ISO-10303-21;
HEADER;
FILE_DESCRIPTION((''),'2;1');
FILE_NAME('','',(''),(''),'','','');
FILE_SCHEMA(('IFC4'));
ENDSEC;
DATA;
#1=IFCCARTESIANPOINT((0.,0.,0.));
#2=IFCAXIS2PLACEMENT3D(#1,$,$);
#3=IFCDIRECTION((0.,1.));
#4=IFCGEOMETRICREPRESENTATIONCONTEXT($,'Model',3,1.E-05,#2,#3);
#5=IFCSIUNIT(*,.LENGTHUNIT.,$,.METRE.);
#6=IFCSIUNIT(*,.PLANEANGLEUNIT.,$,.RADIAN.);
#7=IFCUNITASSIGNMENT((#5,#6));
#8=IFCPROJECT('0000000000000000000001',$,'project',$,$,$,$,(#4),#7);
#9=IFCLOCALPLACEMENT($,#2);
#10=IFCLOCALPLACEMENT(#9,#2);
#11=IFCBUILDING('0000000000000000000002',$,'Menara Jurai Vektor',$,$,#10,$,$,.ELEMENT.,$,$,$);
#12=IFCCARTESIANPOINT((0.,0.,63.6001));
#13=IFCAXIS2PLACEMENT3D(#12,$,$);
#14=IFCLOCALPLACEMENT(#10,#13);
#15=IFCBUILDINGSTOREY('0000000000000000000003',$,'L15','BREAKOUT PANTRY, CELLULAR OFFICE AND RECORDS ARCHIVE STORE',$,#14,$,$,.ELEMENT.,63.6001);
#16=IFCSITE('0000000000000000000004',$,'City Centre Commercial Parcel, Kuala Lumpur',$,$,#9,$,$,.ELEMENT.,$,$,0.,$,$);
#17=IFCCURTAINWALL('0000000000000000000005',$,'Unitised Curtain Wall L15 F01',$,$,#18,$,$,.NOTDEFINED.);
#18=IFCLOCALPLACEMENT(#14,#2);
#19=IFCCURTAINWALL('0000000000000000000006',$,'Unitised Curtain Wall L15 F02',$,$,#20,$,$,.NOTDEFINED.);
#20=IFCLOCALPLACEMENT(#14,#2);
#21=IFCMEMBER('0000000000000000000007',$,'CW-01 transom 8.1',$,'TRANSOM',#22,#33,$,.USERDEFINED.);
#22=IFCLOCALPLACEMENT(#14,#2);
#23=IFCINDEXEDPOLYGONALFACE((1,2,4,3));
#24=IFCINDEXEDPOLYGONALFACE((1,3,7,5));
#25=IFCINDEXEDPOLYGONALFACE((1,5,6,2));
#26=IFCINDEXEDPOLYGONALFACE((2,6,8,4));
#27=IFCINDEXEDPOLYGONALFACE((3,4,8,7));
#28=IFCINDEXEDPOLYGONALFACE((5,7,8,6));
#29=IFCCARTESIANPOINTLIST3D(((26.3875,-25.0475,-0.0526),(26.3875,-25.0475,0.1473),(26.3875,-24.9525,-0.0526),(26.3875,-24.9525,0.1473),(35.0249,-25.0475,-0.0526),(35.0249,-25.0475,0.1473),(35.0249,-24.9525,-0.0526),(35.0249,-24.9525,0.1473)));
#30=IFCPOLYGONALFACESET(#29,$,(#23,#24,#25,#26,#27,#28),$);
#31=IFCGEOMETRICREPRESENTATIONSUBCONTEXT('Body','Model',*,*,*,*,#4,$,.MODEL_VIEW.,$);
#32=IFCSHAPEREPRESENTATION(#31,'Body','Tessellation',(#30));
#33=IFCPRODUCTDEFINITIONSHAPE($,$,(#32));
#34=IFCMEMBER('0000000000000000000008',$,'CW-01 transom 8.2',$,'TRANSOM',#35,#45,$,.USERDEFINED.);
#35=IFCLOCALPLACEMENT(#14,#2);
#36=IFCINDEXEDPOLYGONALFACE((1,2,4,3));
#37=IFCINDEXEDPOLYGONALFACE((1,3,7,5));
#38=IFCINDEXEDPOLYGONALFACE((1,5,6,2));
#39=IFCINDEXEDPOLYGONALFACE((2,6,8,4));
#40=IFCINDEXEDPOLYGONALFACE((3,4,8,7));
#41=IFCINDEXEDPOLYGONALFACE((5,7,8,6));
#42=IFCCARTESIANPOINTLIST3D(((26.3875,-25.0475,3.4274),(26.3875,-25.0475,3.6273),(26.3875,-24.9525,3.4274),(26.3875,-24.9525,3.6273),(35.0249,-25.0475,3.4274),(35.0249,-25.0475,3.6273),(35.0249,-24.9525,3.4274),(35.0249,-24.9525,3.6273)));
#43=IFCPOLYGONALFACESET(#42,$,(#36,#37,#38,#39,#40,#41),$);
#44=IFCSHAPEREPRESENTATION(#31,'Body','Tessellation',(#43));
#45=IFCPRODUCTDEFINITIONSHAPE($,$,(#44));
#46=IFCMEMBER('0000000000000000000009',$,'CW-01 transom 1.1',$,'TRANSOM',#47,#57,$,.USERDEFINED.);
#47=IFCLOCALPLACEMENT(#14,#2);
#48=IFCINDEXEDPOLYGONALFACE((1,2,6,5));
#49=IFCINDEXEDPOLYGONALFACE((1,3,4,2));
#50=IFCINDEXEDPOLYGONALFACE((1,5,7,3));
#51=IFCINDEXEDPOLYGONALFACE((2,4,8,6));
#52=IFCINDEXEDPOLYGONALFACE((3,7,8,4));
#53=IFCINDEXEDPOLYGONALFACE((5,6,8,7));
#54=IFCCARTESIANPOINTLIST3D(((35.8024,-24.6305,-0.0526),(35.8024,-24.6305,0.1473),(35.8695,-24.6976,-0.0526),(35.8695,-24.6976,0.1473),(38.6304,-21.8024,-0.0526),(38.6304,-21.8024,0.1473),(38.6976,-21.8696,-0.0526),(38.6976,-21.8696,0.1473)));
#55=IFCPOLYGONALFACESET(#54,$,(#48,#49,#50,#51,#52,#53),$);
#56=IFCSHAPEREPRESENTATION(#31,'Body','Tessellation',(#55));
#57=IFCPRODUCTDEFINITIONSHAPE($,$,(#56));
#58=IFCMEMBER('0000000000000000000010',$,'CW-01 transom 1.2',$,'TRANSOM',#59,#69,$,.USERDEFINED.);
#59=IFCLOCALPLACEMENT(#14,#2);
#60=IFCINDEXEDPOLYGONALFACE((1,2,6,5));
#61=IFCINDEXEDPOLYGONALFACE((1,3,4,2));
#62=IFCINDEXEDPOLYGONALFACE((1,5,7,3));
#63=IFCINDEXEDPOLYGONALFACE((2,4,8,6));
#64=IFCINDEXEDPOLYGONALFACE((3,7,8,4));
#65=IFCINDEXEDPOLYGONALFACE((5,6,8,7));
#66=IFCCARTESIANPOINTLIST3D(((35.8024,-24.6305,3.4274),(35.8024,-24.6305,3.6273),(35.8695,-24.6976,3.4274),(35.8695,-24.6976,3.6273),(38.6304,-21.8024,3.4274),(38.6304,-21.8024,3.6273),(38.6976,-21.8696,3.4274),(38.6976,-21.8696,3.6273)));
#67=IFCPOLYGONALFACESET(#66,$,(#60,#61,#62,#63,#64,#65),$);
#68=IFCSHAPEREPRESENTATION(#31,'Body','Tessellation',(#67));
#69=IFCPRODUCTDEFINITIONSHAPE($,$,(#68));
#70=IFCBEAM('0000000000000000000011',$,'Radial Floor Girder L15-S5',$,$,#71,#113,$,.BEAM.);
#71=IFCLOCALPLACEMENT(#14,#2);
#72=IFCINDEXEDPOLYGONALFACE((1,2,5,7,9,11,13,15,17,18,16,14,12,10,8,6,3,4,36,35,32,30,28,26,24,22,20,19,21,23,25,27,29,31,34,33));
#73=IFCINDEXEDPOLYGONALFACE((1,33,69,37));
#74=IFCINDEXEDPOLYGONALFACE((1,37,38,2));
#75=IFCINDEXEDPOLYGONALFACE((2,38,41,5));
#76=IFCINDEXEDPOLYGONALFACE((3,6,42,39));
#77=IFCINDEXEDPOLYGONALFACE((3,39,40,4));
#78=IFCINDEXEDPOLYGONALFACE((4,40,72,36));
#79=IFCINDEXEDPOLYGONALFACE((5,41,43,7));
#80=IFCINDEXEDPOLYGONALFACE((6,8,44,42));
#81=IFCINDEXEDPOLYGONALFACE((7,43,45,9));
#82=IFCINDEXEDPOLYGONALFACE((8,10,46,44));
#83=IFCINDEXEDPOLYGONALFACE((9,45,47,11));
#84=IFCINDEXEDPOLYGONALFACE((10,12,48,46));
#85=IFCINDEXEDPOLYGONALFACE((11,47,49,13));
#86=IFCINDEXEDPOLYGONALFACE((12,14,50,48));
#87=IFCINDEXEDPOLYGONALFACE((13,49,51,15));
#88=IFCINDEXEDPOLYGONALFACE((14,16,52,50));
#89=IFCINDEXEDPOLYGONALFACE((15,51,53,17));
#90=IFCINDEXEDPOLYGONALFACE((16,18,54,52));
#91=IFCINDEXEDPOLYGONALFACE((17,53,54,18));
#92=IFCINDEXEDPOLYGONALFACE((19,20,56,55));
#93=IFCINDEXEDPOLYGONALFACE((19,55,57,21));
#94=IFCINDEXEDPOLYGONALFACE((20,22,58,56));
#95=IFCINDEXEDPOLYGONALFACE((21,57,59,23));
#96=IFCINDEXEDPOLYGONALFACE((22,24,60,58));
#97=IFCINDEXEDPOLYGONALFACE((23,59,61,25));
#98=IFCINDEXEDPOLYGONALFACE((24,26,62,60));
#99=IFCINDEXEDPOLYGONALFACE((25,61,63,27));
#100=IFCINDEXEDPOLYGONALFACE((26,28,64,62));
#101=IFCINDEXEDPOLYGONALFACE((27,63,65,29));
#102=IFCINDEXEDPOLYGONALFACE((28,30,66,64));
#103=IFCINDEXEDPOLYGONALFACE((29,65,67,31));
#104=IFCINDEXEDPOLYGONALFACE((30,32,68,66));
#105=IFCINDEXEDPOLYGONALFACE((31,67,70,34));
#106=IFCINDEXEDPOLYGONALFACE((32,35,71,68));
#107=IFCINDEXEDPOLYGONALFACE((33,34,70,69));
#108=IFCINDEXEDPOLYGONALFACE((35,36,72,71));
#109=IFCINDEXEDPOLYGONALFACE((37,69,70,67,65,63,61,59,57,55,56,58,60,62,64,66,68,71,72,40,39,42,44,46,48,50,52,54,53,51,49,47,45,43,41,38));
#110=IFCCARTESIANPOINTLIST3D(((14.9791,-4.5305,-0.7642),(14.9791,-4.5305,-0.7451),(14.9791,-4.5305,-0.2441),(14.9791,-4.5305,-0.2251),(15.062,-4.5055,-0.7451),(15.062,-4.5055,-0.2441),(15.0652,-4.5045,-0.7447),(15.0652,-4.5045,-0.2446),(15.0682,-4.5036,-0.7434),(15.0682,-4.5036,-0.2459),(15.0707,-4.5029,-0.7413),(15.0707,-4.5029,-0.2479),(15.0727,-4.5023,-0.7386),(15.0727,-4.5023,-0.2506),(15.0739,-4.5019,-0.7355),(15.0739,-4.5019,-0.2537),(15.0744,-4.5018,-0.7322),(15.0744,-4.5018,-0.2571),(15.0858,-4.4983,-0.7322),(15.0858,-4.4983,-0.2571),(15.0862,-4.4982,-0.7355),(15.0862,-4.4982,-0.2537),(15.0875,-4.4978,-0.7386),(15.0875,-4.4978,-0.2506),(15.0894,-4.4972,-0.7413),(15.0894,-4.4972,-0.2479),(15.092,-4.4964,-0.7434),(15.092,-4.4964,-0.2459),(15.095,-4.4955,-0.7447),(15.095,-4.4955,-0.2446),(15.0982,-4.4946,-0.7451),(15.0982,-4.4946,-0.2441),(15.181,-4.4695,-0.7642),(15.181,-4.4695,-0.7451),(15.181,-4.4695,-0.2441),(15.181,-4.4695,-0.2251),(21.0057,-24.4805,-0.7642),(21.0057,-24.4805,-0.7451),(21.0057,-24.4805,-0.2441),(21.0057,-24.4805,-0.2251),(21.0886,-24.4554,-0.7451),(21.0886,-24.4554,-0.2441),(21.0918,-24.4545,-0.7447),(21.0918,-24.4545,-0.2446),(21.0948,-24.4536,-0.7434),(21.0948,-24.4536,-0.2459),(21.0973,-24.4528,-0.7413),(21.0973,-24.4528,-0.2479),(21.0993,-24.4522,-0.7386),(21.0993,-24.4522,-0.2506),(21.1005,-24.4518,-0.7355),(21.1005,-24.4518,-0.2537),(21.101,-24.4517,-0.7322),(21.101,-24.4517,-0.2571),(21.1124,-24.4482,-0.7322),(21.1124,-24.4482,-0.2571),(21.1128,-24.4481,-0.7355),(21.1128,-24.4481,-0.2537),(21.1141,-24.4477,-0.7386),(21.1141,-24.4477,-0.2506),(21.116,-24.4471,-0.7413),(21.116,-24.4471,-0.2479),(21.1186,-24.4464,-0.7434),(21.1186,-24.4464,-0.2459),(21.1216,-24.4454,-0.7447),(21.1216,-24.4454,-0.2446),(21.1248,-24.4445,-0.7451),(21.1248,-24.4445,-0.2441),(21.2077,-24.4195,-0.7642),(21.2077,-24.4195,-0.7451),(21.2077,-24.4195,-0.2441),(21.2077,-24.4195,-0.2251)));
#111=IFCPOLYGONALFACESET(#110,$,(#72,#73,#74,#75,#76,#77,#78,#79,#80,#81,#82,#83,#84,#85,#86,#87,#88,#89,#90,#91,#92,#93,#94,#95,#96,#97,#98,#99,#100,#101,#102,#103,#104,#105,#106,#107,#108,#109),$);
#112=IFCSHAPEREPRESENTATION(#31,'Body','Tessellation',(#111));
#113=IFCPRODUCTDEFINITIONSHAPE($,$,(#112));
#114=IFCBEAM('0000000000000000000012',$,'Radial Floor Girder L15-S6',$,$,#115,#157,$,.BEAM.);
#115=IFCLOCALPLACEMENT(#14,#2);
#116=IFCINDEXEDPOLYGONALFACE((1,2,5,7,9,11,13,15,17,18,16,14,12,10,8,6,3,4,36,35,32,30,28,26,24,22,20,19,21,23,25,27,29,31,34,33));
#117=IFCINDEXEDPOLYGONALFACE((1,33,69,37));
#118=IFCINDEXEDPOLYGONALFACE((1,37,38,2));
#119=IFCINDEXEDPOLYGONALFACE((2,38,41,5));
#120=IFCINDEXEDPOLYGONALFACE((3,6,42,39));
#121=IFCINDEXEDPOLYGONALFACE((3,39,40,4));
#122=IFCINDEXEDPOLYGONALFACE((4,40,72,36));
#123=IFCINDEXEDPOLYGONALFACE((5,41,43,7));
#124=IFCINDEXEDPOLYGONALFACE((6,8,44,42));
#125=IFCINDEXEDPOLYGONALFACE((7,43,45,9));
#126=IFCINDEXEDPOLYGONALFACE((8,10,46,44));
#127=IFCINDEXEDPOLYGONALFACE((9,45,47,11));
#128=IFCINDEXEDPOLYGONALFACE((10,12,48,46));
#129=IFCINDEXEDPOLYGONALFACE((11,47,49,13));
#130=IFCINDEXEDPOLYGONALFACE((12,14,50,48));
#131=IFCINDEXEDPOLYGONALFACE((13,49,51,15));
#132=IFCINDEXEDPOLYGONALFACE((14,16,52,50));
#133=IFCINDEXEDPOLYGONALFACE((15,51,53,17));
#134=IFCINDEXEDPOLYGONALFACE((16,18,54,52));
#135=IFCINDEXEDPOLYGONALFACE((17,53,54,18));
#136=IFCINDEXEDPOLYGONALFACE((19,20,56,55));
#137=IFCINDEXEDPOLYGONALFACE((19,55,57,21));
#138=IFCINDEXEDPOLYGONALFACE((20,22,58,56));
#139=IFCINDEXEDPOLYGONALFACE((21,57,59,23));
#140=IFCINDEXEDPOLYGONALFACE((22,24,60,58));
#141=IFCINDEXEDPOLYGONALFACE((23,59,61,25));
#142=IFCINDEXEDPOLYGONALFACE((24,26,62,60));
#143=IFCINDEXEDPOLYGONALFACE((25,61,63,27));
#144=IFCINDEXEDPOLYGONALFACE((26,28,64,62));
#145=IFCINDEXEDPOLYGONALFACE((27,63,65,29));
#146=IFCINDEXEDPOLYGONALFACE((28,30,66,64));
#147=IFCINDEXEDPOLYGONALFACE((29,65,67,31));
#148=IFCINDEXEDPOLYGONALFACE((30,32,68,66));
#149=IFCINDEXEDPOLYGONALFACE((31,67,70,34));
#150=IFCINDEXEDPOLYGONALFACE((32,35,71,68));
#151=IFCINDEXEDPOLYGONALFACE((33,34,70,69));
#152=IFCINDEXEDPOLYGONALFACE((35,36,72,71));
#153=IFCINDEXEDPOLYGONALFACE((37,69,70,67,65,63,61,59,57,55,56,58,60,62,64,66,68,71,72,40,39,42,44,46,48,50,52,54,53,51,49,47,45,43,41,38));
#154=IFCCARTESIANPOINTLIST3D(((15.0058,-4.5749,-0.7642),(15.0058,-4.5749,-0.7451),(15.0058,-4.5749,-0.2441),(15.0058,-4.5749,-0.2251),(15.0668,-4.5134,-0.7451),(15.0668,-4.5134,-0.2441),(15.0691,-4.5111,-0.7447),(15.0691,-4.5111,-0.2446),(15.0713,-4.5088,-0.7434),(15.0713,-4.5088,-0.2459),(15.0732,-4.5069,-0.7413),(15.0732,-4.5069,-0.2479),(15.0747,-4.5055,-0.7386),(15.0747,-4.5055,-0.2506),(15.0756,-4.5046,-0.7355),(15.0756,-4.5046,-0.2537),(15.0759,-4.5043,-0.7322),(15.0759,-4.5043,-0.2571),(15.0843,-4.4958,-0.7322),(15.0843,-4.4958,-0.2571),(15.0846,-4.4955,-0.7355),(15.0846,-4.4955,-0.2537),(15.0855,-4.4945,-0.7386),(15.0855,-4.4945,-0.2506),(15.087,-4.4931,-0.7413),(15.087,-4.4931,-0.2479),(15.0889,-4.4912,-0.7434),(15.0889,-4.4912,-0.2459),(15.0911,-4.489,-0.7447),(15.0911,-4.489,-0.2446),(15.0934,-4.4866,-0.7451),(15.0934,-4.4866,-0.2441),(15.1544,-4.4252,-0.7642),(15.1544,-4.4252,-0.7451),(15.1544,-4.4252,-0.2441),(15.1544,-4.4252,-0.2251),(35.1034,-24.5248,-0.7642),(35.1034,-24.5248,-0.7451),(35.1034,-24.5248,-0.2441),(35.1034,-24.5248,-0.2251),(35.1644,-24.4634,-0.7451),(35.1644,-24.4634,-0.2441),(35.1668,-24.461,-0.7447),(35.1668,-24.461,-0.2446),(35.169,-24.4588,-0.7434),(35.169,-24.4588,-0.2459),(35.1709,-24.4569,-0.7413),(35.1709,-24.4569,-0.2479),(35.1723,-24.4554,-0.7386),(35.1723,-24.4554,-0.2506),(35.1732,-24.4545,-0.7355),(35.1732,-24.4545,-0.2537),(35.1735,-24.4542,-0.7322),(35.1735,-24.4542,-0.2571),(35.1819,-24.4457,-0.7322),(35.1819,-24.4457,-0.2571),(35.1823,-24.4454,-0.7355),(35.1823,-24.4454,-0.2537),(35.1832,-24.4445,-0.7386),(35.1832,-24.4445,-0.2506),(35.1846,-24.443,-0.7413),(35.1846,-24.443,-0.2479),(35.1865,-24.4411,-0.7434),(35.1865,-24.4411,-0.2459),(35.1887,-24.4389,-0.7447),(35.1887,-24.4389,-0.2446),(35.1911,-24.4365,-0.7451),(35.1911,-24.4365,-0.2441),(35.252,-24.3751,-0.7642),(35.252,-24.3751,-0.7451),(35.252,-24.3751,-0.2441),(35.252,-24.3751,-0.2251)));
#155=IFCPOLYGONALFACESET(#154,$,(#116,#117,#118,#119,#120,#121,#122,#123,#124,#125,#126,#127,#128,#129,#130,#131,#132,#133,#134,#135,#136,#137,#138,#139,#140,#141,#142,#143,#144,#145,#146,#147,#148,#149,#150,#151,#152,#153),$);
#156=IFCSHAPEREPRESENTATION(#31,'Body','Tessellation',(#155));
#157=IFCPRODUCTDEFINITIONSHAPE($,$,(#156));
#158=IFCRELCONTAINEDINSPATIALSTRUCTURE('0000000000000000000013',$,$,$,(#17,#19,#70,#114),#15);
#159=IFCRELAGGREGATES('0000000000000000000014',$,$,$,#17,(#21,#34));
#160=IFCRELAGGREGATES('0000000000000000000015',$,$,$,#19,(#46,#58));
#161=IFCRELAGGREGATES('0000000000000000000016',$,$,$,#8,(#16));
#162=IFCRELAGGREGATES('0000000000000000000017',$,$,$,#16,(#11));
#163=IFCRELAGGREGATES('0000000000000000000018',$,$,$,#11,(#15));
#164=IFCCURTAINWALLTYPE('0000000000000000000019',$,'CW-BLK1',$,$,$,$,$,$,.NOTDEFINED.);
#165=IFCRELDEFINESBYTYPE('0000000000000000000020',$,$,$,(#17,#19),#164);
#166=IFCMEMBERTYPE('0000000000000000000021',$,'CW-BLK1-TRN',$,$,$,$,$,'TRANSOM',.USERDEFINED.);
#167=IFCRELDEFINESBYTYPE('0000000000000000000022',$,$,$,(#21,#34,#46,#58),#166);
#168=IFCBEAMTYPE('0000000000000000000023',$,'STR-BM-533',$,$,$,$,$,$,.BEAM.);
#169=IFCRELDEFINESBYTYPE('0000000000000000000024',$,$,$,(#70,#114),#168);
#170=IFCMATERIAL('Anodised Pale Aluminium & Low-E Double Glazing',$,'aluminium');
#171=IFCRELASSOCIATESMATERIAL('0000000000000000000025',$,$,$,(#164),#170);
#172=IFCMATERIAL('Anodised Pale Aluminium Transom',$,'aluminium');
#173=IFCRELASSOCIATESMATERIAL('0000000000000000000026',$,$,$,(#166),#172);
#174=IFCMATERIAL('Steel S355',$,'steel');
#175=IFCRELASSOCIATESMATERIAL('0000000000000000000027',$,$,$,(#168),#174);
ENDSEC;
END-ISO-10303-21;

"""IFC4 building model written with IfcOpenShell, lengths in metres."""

from ifc_helpers import new_model, si_unit, direction, frame, origin, origin_2d, place, context, subcontext, project, spatial, rectangle, i_section, extrude, material, material_profile, profile_set, type_object, element, aggregate, save


model = new_model("IFC4")

# Units and contexts
model_context = context("Model", 3, precision=1e-05, world=origin(), true_north=direction((0.0, 1.0)))
body_context = subcontext(model_context, "Body", "Model", "MODEL_VIEW")
ifc_project = project(units=[si_unit("LENGTHUNIT", "METRE"), si_unit("PLANEANGLEUNIT", "RADIAN")], contexts=[model_context])

# Site, building, storey
site_placement = place(None, origin())
site = spatial("IfcSite", under=ifc_project, at=site_placement, Name="City Centre Commercial Parcel, Kuala Lumpur", CompositionType="ELEMENT", RefElevation=0.0)
building_placement = place(site_placement, origin())
building = spatial("IfcBuilding", under=site, at=building_placement, Name="Menara Jurai Vektor", CompositionType="ELEMENT")
storey_placement = place(building_placement, frame((0.0, 0.0, 63.6001)))
storey = spatial("IfcBuildingStorey", under=building, at=storey_placement, Name="L15", Description="BREAKOUT PANTRY, CELLULAR OFFICE AND RECORDS ARCHIVE STORE", CompositionType="ELEMENT", Elevation=63.6001)

# Curtain walls
ifc_material_1 = material(Name="Anodised Pale Aluminium & Low-E Double Glazing", Category="aluminium")
curtain_wall_type = type_object("IfcCurtainWallType", Name="CW-BLK1", PredefinedType="NOTDEFINED", material=ifc_material_1)
curtain_wall_1_placement = place(storey_placement, origin())
curtain_wall_1 = element("IfcCurtainWall", 1, at=curtain_wall_1_placement, inside=storey, type_object=curtain_wall_type, Name="Unitised Curtain Wall L15 F01", PredefinedType="NOTDEFINED")
curtain_wall_2_placement = place(storey_placement, origin())
curtain_wall_2 = element("IfcCurtainWall", 2, at=curtain_wall_2_placement, inside=storey, type_object=curtain_wall_type, Name="Unitised Curtain Wall L15 F02", PredefinedType="NOTDEFINED")

# Members
ifc_material_2 = material(Name="Anodised Pale Aluminium Transom", Category="aluminium")
ifc_material_profile_1 = material_profile(ifc_material_2, rectangle(XDim=0.095, YDim=0.2, at=origin_2d()), Name="ALU TRN 95x200")
ifc_profile_set_1 = profile_set([ifc_material_profile_1], Name="Anodised Pale Aluminium Transom")
member_type_1 = type_object("IfcMemberType", Name="CW-BLK1-TRN", ElementType="TRANSOM", PredefinedType="USERDEFINED", material=ifc_profile_set_1)
member_1_placement = place(storey_placement, frame((26.3875, -25.0, 0.0474), z_axis=(1.0, 0.0, 0.0), x_axis=(0.0, 1.0, 0.0)))
member_1 = element("IfcMember", 3, at=member_1_placement, type_object=member_type_1, Name="CW-01 transom 8.1", ObjectType="TRANSOM", PredefinedType="USERDEFINED", context=body_context, shape_type="SweptSolid", body=[
    extrude(rectangle(XDim=0.095, YDim=0.2, at=origin_2d()), origin(), (0.0, 0.0, 1.0), 8.6375),
])
member_2_placement = place(storey_placement, frame((26.3875, -25.0, 3.5273), z_axis=(1.0, 0.0, 0.0), x_axis=(0.0, 1.0, 0.0)))
member_2 = element("IfcMember", 4, at=member_2_placement, type_object=member_type_1, Name="CW-01 transom 8.2", ObjectType="TRANSOM", PredefinedType="USERDEFINED", context=body_context, shape_type="SweptSolid", body=[
    extrude(rectangle(XDim=0.095, YDim=0.2, at=origin_2d()), origin(), (0.0, 0.0, 1.0), 8.6375),
])
member_3_placement = place(storey_placement, frame((35.8359, -24.6641, 0.0474), z_axis=(0.707107, 0.707107, 0.0), x_axis=(-0.707107, 0.707107, 0.0)))
member_3 = element("IfcMember", 5, at=member_3_placement, type_object=member_type_1, Name="CW-01 transom 1.1", ObjectType="TRANSOM", PredefinedType="USERDEFINED", context=body_context, shape_type="SweptSolid", body=[
    extrude(rectangle(XDim=0.095, YDim=0.2, at=origin_2d()), origin(), (0.0, 0.0, 1.0), 3.9995),
])
member_4_placement = place(storey_placement, frame((35.8359, -24.6641, 3.5273), z_axis=(0.707107, 0.707107, 0.0), x_axis=(-0.707107, 0.707107, 0.0)))
member_4 = element("IfcMember", 6, at=member_4_placement, type_object=member_type_1, Name="CW-01 transom 1.2", ObjectType="TRANSOM", PredefinedType="USERDEFINED", context=body_context, shape_type="SweptSolid", body=[
    extrude(rectangle(XDim=0.095, YDim=0.2, at=origin_2d()), origin(), (0.0, 0.0, 1.0), 3.9995),
])

# Beams
ifc_material_3 = material(Name="Steel S355", Category="steel")
ifc_material_profile_2 = material_profile(ifc_material_3, i_section(OverallWidth=0.2109, OverallDepth=0.5391, WebThickness=0.012, FlangeThickness=0.019, FilletRadius=0.0129, at=origin_2d()), Name="UKB 533x210x109")
ifc_profile_set_2 = profile_set([ifc_material_profile_2], Name="Steel S355")
beam_type_1 = type_object("IfcBeamType", Name="STR-BM-533", PredefinedType="BEAM", material=ifc_profile_set_2)
beam_1_placement = place(storey_placement, frame((21.1067, -24.45, -0.4946), z_axis=(-0.28918, 0.957275, 0.0), x_axis=(-0.957275, -0.28918, 0.0)))
element("IfcBeam", 7, at=beam_1_placement, inside=storey, type_object=beam_type_1, Name="Radial Floor Girder L15-S5", PredefinedType="BEAM", context=body_context, shape_type="SweptSolid", body=[
    extrude(i_section(OverallWidth=0.2109, OverallDepth=0.5391, WebThickness=0.012, FlangeThickness=0.019, FilletRadius=0.0129, at=origin_2d()), origin(), (0.0, 0.0, 1.0), 20.8403),
])
beam_2_placement = place(storey_placement, frame((35.1777, -24.45, -0.4946), z_axis=(-0.70971, 0.704494, 0.0), x_axis=(-0.704494, -0.70971, 0.0)))
element("IfcBeam", 8, at=beam_2_placement, inside=storey, type_object=beam_type_1, Name="Radial Floor Girder L15-S6", PredefinedType="BEAM", context=body_context, shape_type="SweptSolid", body=[
    extrude(i_section(OverallWidth=0.2109, OverallDepth=0.5391, WebThickness=0.012, FlangeThickness=0.019, FilletRadius=0.0129, at=origin_2d()), origin(), (0.0, 0.0, 1.0), 28.3181),
])

aggregate(curtain_wall_1, [member_1, member_2])
aggregate(curtain_wall_2, [member_3, member_4])

save(model, "model.ifc")
